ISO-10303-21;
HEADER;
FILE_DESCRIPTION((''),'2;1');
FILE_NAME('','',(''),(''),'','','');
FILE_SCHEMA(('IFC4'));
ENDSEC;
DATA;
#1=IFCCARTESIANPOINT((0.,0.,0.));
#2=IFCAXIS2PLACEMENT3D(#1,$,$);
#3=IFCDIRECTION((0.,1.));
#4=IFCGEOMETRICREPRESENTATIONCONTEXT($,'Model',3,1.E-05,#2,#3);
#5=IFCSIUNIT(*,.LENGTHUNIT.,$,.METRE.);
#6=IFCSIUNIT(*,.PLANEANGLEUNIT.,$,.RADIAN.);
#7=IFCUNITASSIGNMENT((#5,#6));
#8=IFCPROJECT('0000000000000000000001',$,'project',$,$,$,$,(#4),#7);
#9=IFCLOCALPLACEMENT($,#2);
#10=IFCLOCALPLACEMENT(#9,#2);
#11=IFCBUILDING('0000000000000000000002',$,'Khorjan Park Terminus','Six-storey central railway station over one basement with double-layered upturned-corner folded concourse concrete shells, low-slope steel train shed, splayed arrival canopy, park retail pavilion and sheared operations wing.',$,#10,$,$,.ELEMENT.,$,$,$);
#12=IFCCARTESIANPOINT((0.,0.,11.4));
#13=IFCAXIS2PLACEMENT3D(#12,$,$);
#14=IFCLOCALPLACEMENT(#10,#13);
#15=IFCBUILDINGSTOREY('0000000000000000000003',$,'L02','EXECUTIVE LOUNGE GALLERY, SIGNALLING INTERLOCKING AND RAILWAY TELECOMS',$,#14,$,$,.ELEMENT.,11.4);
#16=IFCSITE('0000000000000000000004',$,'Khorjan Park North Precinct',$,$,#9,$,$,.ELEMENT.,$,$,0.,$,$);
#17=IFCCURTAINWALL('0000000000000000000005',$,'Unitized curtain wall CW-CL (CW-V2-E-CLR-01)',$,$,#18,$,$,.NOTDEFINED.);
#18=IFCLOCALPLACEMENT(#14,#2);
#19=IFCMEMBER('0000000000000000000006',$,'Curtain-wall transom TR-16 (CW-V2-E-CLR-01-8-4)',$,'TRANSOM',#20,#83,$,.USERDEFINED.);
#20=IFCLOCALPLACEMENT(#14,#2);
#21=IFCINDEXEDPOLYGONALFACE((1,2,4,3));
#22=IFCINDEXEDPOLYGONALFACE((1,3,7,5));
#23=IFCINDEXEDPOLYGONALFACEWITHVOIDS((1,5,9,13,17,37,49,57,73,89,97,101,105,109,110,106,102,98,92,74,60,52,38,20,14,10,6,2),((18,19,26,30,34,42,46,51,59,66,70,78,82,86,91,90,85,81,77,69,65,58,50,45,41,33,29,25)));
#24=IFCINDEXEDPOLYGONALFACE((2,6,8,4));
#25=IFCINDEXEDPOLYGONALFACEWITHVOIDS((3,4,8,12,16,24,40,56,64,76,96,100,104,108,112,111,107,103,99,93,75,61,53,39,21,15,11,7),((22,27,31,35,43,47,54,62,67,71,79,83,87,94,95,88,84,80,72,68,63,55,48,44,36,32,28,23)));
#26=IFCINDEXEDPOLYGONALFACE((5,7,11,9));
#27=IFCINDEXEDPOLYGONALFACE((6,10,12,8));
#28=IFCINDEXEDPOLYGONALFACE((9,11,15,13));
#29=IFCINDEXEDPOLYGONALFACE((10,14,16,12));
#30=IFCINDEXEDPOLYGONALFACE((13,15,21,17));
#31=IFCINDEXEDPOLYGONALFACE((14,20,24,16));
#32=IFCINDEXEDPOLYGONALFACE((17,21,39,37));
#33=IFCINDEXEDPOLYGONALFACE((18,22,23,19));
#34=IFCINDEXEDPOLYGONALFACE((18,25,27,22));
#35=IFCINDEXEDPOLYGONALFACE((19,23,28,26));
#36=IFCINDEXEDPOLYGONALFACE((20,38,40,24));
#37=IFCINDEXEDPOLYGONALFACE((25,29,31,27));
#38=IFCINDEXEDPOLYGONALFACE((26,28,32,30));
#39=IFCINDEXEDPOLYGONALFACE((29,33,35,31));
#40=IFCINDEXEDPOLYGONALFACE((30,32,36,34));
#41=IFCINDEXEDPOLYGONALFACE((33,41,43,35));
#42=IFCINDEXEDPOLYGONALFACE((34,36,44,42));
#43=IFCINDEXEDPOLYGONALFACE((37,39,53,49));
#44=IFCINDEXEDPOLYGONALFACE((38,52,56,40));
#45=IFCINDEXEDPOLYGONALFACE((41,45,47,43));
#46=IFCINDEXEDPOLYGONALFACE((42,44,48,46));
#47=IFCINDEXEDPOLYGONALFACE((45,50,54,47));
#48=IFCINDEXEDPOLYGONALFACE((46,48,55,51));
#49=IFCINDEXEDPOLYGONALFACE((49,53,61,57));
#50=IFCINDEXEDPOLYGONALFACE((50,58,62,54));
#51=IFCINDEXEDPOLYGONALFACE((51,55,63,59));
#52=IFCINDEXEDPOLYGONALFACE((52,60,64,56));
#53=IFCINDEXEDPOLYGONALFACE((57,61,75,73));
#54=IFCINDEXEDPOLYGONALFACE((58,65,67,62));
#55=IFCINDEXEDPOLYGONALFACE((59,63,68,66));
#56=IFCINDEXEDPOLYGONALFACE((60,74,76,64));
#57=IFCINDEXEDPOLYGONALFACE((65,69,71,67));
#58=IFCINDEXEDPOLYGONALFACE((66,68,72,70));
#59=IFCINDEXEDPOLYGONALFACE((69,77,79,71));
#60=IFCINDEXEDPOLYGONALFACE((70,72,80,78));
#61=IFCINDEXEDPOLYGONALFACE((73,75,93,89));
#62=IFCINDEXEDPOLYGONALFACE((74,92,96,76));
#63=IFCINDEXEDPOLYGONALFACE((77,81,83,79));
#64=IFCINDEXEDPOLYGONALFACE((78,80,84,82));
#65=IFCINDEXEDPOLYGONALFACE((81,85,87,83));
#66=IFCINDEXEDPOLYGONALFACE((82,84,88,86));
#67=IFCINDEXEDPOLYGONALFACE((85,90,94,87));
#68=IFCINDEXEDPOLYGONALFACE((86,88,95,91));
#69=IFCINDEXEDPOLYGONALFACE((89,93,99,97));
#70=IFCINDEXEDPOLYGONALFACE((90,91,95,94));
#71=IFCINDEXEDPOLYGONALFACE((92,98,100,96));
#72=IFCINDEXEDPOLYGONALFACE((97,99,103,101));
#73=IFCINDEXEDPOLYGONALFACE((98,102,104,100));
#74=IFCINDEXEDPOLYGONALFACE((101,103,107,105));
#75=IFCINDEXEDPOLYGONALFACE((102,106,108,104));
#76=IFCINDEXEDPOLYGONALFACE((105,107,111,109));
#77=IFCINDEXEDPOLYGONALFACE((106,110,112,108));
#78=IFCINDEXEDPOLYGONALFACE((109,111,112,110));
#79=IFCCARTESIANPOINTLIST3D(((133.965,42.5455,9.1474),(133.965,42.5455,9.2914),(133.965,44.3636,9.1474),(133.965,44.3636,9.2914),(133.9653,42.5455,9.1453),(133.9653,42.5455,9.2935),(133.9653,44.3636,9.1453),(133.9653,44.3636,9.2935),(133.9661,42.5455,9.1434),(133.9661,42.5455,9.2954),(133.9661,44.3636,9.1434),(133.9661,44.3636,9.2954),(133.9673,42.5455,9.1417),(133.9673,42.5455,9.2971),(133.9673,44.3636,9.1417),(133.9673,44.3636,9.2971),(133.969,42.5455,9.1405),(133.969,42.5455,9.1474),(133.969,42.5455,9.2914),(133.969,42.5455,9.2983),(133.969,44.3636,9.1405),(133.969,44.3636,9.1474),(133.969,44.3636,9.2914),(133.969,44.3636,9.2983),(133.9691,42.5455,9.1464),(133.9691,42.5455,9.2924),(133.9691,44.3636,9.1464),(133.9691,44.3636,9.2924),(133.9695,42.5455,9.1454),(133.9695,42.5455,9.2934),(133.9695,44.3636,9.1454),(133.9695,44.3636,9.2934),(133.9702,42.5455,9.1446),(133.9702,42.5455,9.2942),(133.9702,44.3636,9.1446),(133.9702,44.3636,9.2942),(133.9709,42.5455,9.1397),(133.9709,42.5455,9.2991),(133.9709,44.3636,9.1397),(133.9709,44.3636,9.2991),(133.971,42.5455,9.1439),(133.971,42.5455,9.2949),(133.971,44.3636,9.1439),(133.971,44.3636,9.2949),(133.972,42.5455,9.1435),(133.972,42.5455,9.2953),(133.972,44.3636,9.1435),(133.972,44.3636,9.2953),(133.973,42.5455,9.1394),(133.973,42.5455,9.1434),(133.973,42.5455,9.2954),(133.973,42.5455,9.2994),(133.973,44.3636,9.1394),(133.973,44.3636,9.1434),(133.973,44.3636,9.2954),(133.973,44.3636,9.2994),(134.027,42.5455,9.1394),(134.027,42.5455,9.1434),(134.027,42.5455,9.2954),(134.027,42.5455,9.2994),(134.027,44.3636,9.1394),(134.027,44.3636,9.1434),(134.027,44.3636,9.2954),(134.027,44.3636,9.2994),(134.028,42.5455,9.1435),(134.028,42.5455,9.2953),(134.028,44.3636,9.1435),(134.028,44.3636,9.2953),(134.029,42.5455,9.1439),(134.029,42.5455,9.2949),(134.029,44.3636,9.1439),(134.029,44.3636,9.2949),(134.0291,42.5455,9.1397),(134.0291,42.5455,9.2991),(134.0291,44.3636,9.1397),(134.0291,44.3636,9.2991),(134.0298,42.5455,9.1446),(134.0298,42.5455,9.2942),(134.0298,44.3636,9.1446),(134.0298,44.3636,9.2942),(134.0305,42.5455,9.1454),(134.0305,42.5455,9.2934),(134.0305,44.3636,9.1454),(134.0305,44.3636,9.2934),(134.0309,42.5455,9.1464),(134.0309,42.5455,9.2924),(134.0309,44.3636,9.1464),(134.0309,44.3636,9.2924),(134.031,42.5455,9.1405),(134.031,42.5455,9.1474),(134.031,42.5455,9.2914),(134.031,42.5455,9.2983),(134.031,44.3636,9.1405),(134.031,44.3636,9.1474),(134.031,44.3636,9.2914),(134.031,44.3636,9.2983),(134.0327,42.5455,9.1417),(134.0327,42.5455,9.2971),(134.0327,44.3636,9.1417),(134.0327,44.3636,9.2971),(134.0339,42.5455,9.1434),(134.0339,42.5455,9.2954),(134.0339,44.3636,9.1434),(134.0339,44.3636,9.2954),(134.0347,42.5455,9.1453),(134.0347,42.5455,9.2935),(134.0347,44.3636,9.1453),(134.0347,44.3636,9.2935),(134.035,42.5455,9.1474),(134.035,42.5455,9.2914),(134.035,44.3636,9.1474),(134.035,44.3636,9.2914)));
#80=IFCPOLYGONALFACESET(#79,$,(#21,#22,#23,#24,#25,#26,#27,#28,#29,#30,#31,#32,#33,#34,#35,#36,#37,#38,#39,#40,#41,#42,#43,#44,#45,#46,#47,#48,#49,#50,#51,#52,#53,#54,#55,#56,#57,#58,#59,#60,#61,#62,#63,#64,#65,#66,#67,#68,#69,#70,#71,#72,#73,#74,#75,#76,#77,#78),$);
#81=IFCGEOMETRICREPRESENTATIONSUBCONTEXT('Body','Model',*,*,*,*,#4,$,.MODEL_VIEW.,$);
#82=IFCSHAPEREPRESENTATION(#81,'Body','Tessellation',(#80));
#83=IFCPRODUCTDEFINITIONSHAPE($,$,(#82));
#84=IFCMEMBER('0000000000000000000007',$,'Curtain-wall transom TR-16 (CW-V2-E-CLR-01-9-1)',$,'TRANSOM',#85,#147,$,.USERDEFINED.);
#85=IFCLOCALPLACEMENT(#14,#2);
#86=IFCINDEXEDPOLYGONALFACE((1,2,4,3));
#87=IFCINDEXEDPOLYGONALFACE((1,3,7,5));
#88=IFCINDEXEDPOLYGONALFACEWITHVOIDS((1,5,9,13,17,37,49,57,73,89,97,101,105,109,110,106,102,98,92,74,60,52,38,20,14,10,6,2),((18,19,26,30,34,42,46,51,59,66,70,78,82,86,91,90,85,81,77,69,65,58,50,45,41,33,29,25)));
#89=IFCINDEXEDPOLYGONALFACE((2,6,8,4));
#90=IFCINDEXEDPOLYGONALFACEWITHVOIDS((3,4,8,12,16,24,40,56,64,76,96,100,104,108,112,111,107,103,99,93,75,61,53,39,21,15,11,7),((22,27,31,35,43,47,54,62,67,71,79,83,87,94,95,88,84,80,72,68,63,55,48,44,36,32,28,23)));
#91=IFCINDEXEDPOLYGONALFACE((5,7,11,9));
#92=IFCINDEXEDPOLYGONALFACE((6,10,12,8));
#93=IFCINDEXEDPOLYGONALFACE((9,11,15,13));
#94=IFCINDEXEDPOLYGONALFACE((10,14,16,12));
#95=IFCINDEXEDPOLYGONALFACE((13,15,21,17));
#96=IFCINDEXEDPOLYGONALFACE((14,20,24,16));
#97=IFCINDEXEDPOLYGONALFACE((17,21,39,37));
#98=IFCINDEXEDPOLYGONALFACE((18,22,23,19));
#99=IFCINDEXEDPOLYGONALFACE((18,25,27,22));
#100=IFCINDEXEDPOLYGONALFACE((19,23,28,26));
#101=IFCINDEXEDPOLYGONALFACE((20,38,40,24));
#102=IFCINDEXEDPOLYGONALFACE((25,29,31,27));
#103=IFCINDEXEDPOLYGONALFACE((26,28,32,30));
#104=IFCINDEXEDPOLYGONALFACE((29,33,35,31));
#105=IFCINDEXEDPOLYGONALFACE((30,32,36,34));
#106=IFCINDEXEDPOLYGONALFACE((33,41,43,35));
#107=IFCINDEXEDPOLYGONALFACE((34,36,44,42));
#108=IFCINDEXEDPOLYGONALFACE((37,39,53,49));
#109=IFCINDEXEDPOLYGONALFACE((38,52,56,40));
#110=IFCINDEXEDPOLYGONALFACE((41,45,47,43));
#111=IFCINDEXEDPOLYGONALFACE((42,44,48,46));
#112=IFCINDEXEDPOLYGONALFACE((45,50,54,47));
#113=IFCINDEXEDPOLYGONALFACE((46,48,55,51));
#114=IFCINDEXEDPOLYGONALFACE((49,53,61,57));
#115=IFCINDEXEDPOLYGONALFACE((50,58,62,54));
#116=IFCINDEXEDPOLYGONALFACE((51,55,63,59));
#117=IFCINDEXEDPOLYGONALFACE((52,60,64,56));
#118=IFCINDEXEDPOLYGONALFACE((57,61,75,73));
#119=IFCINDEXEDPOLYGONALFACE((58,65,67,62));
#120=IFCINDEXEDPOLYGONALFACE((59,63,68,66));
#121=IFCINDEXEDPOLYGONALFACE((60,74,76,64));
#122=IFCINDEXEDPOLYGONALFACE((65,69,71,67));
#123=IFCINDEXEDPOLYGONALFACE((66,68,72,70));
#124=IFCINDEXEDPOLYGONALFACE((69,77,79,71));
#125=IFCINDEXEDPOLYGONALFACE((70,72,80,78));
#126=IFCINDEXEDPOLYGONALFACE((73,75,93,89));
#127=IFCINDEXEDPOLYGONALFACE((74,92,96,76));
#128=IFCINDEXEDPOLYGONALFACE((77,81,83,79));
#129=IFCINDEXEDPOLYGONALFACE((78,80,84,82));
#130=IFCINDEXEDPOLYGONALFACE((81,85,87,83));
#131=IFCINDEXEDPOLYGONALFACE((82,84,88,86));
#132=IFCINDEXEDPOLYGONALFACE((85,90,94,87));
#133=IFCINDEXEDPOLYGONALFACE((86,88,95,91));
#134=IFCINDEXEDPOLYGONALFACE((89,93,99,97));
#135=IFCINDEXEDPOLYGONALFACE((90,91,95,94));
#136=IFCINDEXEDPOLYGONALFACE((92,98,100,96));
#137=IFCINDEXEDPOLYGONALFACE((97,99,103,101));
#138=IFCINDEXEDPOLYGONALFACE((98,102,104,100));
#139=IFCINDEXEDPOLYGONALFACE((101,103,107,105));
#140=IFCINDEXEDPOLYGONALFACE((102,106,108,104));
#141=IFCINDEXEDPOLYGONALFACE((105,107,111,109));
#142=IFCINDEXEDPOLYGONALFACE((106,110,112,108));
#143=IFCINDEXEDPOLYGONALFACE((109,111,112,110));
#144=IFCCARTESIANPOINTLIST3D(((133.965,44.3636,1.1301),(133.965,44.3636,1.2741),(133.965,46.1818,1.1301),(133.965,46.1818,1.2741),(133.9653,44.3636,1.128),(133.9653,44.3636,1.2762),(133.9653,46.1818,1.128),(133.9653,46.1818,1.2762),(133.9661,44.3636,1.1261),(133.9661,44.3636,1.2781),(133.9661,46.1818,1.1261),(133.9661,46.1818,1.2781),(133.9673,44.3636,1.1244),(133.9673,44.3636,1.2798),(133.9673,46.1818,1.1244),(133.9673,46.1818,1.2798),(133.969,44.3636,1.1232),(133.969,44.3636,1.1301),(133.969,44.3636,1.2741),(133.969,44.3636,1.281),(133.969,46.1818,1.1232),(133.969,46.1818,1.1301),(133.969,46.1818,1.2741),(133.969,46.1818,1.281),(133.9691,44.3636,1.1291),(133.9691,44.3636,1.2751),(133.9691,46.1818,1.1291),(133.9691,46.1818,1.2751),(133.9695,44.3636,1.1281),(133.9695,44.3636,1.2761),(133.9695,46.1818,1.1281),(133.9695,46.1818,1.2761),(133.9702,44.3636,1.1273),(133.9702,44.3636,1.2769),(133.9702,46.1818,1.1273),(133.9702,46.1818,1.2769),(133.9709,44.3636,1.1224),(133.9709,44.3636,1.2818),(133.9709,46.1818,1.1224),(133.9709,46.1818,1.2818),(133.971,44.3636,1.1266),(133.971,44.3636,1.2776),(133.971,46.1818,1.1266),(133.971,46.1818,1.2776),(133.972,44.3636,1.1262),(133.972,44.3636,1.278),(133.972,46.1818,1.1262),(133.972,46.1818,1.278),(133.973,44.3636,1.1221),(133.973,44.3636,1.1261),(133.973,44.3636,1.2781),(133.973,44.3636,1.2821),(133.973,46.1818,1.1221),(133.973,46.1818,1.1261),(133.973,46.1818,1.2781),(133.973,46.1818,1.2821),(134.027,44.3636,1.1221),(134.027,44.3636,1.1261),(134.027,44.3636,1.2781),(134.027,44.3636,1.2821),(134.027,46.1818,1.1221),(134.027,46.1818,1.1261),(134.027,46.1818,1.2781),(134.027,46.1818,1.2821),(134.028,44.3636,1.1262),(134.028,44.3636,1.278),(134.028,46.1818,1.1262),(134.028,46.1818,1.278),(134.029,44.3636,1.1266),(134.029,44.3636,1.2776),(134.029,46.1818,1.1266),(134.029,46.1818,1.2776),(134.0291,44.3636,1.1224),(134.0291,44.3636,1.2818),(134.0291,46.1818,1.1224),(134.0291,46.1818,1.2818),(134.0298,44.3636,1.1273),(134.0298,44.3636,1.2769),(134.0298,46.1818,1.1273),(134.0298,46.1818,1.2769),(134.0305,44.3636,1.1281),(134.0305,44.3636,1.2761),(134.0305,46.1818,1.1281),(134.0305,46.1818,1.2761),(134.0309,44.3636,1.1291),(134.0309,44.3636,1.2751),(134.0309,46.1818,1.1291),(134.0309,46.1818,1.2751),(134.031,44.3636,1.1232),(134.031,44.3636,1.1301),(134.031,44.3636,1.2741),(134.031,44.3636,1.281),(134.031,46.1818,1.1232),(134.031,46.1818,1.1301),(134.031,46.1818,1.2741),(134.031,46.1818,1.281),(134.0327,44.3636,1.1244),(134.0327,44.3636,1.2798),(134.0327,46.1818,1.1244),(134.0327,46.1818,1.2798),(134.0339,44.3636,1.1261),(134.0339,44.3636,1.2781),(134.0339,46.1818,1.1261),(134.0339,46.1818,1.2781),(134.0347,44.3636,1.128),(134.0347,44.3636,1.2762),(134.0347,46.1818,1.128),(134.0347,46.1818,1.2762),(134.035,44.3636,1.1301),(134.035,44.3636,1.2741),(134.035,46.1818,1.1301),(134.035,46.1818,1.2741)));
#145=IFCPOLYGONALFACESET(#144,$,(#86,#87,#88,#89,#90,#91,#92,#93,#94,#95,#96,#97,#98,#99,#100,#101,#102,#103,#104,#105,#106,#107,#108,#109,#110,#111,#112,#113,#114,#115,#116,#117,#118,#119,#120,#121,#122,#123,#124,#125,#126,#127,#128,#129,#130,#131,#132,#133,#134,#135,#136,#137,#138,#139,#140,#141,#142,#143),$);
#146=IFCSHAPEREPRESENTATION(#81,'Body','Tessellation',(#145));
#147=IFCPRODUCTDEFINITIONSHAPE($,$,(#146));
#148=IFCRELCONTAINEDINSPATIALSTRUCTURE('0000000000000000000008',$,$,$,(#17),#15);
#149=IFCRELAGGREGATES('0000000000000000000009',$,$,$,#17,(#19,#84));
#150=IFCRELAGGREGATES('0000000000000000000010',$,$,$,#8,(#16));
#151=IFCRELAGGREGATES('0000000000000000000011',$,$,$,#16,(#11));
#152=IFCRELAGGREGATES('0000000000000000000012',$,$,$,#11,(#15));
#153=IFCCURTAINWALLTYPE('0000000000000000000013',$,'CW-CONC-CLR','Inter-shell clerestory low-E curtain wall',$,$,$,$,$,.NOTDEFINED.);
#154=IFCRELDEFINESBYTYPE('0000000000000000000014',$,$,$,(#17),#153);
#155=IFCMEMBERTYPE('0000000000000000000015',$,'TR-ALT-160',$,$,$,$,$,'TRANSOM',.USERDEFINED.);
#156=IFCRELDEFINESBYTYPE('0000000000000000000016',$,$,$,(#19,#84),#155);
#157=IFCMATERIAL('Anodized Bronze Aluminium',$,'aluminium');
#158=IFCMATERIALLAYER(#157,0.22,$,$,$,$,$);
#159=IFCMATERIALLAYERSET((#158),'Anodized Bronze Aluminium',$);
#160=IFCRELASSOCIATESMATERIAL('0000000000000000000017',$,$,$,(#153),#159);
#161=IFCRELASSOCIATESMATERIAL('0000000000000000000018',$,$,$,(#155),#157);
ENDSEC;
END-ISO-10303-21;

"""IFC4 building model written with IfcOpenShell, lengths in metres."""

from ifc_helpers import new_model, si_unit, direction, frame, origin, origin_2d, place, context, subcontext, project, spatial, hollow_rectangle, extrude, material, layer, layer_set, material_profile, profile_set, type_object, element, aggregate, save


model = new_model("IFC4")

# Units and contexts
model_context = context("Model", 3, precision=1e-05, world=origin(), true_north=direction((0.0, 1.0)))
body_context = subcontext(model_context, "Body", "Model", "MODEL_VIEW")
ifc_project = project(units=[si_unit("LENGTHUNIT", "METRE"), si_unit("PLANEANGLEUNIT", "RADIAN")], contexts=[model_context])

# Site, building, storey
site_placement = place(None, origin())
site = spatial("IfcSite", under=ifc_project, at=site_placement, Name="Khorjan Park North Precinct", CompositionType="ELEMENT", RefElevation=0.0)
building_placement = place(site_placement, origin())
building = spatial("IfcBuilding", under=site, at=building_placement, Name="Khorjan Park Terminus", Description="Six-storey central railway station over one basement with double-layered upturned-corner folded concourse concrete shells, low-slope steel train shed, splayed arrival canopy, park retail pavilion and sheared operations wing.", CompositionType="ELEMENT")
storey_placement = place(building_placement, frame((0.0, 0.0, 11.4)))
storey = spatial("IfcBuildingStorey", under=building, at=storey_placement, Name="L02", Description="EXECUTIVE LOUNGE GALLERY, SIGNALLING INTERLOCKING AND RAILWAY TELECOMS", CompositionType="ELEMENT", Elevation=11.4)

# Curtain wall, members
ifc_material_1 = material(Name="Anodized Bronze Aluminium", Category="aluminium")
ifc_layer_1 = layer(ifc_material_1, 0.22)
ifc_layer_set_1 = layer_set([ifc_layer_1], Name="Anodized Bronze Aluminium")
curtain_wall_type = type_object("IfcCurtainWallType", Name="CW-CONC-CLR", Description="Inter-shell clerestory low-E curtain wall", PredefinedType="NOTDEFINED", material=ifc_layer_set_1)
curtain_wall_placement = place(storey_placement, origin())
curtain_wall = element("IfcCurtainWall", 1, at=curtain_wall_placement, inside=storey, type_object=curtain_wall_type, Name="Unitized curtain wall CW-CL (CW-V2-E-CLR-01)", PredefinedType="NOTDEFINED")
ifc_material_profile = material_profile(ifc_material_1, hollow_rectangle(XDim=0.07, YDim=0.16, WallThickness=0.004, InnerFilletRadius=0.004, OuterFilletRadius=0.008, at=origin_2d()), Name="ALT 70x160x4")
ifc_profile_set = profile_set([ifc_material_profile], Name="Anodized Bronze Aluminium")
member_type = type_object("IfcMemberType", Name="TR-ALT-160", ElementType="TRANSOM", PredefinedType="USERDEFINED", material=ifc_profile_set)
member_1_placement = place(storey_placement, frame((134.0, 42.5455, 9.2194), z_axis=(0.0, 1.0, 0.0), x_axis=(-1.0, 0.0, 0.0)))
member_1 = element("IfcMember", 2, at=member_1_placement, type_object=member_type, Name="Curtain-wall transom TR-16 (CW-V2-E-CLR-01-8-4)", ObjectType="TRANSOM", PredefinedType="USERDEFINED", context=body_context, shape_type="SweptSolid", body=[
    extrude(hollow_rectangle(XDim=0.07, YDim=0.16, WallThickness=0.004, InnerFilletRadius=0.004, OuterFilletRadius=0.008, at=origin_2d()), origin(), (0.0, 0.0, 1.0), 1.8181),
])
member_2_placement = place(storey_placement, frame((134.0, 44.3636, 1.2021), z_axis=(0.0, 1.0, 0.0), x_axis=(-1.0, 0.0, 0.0)))
member_2 = element("IfcMember", 3, at=member_2_placement, type_object=member_type, Name="Curtain-wall transom TR-16 (CW-V2-E-CLR-01-9-1)", ObjectType="TRANSOM", PredefinedType="USERDEFINED", context=body_context, shape_type="SweptSolid", body=[
    extrude(hollow_rectangle(XDim=0.07, YDim=0.16, WallThickness=0.004, InnerFilletRadius=0.004, OuterFilletRadius=0.008, at=origin_2d()), origin(), (0.0, 0.0, 1.0), 1.8182),
])
aggregate(curtain_wall, [member_1, member_2])

save(model, "model.ifc")
